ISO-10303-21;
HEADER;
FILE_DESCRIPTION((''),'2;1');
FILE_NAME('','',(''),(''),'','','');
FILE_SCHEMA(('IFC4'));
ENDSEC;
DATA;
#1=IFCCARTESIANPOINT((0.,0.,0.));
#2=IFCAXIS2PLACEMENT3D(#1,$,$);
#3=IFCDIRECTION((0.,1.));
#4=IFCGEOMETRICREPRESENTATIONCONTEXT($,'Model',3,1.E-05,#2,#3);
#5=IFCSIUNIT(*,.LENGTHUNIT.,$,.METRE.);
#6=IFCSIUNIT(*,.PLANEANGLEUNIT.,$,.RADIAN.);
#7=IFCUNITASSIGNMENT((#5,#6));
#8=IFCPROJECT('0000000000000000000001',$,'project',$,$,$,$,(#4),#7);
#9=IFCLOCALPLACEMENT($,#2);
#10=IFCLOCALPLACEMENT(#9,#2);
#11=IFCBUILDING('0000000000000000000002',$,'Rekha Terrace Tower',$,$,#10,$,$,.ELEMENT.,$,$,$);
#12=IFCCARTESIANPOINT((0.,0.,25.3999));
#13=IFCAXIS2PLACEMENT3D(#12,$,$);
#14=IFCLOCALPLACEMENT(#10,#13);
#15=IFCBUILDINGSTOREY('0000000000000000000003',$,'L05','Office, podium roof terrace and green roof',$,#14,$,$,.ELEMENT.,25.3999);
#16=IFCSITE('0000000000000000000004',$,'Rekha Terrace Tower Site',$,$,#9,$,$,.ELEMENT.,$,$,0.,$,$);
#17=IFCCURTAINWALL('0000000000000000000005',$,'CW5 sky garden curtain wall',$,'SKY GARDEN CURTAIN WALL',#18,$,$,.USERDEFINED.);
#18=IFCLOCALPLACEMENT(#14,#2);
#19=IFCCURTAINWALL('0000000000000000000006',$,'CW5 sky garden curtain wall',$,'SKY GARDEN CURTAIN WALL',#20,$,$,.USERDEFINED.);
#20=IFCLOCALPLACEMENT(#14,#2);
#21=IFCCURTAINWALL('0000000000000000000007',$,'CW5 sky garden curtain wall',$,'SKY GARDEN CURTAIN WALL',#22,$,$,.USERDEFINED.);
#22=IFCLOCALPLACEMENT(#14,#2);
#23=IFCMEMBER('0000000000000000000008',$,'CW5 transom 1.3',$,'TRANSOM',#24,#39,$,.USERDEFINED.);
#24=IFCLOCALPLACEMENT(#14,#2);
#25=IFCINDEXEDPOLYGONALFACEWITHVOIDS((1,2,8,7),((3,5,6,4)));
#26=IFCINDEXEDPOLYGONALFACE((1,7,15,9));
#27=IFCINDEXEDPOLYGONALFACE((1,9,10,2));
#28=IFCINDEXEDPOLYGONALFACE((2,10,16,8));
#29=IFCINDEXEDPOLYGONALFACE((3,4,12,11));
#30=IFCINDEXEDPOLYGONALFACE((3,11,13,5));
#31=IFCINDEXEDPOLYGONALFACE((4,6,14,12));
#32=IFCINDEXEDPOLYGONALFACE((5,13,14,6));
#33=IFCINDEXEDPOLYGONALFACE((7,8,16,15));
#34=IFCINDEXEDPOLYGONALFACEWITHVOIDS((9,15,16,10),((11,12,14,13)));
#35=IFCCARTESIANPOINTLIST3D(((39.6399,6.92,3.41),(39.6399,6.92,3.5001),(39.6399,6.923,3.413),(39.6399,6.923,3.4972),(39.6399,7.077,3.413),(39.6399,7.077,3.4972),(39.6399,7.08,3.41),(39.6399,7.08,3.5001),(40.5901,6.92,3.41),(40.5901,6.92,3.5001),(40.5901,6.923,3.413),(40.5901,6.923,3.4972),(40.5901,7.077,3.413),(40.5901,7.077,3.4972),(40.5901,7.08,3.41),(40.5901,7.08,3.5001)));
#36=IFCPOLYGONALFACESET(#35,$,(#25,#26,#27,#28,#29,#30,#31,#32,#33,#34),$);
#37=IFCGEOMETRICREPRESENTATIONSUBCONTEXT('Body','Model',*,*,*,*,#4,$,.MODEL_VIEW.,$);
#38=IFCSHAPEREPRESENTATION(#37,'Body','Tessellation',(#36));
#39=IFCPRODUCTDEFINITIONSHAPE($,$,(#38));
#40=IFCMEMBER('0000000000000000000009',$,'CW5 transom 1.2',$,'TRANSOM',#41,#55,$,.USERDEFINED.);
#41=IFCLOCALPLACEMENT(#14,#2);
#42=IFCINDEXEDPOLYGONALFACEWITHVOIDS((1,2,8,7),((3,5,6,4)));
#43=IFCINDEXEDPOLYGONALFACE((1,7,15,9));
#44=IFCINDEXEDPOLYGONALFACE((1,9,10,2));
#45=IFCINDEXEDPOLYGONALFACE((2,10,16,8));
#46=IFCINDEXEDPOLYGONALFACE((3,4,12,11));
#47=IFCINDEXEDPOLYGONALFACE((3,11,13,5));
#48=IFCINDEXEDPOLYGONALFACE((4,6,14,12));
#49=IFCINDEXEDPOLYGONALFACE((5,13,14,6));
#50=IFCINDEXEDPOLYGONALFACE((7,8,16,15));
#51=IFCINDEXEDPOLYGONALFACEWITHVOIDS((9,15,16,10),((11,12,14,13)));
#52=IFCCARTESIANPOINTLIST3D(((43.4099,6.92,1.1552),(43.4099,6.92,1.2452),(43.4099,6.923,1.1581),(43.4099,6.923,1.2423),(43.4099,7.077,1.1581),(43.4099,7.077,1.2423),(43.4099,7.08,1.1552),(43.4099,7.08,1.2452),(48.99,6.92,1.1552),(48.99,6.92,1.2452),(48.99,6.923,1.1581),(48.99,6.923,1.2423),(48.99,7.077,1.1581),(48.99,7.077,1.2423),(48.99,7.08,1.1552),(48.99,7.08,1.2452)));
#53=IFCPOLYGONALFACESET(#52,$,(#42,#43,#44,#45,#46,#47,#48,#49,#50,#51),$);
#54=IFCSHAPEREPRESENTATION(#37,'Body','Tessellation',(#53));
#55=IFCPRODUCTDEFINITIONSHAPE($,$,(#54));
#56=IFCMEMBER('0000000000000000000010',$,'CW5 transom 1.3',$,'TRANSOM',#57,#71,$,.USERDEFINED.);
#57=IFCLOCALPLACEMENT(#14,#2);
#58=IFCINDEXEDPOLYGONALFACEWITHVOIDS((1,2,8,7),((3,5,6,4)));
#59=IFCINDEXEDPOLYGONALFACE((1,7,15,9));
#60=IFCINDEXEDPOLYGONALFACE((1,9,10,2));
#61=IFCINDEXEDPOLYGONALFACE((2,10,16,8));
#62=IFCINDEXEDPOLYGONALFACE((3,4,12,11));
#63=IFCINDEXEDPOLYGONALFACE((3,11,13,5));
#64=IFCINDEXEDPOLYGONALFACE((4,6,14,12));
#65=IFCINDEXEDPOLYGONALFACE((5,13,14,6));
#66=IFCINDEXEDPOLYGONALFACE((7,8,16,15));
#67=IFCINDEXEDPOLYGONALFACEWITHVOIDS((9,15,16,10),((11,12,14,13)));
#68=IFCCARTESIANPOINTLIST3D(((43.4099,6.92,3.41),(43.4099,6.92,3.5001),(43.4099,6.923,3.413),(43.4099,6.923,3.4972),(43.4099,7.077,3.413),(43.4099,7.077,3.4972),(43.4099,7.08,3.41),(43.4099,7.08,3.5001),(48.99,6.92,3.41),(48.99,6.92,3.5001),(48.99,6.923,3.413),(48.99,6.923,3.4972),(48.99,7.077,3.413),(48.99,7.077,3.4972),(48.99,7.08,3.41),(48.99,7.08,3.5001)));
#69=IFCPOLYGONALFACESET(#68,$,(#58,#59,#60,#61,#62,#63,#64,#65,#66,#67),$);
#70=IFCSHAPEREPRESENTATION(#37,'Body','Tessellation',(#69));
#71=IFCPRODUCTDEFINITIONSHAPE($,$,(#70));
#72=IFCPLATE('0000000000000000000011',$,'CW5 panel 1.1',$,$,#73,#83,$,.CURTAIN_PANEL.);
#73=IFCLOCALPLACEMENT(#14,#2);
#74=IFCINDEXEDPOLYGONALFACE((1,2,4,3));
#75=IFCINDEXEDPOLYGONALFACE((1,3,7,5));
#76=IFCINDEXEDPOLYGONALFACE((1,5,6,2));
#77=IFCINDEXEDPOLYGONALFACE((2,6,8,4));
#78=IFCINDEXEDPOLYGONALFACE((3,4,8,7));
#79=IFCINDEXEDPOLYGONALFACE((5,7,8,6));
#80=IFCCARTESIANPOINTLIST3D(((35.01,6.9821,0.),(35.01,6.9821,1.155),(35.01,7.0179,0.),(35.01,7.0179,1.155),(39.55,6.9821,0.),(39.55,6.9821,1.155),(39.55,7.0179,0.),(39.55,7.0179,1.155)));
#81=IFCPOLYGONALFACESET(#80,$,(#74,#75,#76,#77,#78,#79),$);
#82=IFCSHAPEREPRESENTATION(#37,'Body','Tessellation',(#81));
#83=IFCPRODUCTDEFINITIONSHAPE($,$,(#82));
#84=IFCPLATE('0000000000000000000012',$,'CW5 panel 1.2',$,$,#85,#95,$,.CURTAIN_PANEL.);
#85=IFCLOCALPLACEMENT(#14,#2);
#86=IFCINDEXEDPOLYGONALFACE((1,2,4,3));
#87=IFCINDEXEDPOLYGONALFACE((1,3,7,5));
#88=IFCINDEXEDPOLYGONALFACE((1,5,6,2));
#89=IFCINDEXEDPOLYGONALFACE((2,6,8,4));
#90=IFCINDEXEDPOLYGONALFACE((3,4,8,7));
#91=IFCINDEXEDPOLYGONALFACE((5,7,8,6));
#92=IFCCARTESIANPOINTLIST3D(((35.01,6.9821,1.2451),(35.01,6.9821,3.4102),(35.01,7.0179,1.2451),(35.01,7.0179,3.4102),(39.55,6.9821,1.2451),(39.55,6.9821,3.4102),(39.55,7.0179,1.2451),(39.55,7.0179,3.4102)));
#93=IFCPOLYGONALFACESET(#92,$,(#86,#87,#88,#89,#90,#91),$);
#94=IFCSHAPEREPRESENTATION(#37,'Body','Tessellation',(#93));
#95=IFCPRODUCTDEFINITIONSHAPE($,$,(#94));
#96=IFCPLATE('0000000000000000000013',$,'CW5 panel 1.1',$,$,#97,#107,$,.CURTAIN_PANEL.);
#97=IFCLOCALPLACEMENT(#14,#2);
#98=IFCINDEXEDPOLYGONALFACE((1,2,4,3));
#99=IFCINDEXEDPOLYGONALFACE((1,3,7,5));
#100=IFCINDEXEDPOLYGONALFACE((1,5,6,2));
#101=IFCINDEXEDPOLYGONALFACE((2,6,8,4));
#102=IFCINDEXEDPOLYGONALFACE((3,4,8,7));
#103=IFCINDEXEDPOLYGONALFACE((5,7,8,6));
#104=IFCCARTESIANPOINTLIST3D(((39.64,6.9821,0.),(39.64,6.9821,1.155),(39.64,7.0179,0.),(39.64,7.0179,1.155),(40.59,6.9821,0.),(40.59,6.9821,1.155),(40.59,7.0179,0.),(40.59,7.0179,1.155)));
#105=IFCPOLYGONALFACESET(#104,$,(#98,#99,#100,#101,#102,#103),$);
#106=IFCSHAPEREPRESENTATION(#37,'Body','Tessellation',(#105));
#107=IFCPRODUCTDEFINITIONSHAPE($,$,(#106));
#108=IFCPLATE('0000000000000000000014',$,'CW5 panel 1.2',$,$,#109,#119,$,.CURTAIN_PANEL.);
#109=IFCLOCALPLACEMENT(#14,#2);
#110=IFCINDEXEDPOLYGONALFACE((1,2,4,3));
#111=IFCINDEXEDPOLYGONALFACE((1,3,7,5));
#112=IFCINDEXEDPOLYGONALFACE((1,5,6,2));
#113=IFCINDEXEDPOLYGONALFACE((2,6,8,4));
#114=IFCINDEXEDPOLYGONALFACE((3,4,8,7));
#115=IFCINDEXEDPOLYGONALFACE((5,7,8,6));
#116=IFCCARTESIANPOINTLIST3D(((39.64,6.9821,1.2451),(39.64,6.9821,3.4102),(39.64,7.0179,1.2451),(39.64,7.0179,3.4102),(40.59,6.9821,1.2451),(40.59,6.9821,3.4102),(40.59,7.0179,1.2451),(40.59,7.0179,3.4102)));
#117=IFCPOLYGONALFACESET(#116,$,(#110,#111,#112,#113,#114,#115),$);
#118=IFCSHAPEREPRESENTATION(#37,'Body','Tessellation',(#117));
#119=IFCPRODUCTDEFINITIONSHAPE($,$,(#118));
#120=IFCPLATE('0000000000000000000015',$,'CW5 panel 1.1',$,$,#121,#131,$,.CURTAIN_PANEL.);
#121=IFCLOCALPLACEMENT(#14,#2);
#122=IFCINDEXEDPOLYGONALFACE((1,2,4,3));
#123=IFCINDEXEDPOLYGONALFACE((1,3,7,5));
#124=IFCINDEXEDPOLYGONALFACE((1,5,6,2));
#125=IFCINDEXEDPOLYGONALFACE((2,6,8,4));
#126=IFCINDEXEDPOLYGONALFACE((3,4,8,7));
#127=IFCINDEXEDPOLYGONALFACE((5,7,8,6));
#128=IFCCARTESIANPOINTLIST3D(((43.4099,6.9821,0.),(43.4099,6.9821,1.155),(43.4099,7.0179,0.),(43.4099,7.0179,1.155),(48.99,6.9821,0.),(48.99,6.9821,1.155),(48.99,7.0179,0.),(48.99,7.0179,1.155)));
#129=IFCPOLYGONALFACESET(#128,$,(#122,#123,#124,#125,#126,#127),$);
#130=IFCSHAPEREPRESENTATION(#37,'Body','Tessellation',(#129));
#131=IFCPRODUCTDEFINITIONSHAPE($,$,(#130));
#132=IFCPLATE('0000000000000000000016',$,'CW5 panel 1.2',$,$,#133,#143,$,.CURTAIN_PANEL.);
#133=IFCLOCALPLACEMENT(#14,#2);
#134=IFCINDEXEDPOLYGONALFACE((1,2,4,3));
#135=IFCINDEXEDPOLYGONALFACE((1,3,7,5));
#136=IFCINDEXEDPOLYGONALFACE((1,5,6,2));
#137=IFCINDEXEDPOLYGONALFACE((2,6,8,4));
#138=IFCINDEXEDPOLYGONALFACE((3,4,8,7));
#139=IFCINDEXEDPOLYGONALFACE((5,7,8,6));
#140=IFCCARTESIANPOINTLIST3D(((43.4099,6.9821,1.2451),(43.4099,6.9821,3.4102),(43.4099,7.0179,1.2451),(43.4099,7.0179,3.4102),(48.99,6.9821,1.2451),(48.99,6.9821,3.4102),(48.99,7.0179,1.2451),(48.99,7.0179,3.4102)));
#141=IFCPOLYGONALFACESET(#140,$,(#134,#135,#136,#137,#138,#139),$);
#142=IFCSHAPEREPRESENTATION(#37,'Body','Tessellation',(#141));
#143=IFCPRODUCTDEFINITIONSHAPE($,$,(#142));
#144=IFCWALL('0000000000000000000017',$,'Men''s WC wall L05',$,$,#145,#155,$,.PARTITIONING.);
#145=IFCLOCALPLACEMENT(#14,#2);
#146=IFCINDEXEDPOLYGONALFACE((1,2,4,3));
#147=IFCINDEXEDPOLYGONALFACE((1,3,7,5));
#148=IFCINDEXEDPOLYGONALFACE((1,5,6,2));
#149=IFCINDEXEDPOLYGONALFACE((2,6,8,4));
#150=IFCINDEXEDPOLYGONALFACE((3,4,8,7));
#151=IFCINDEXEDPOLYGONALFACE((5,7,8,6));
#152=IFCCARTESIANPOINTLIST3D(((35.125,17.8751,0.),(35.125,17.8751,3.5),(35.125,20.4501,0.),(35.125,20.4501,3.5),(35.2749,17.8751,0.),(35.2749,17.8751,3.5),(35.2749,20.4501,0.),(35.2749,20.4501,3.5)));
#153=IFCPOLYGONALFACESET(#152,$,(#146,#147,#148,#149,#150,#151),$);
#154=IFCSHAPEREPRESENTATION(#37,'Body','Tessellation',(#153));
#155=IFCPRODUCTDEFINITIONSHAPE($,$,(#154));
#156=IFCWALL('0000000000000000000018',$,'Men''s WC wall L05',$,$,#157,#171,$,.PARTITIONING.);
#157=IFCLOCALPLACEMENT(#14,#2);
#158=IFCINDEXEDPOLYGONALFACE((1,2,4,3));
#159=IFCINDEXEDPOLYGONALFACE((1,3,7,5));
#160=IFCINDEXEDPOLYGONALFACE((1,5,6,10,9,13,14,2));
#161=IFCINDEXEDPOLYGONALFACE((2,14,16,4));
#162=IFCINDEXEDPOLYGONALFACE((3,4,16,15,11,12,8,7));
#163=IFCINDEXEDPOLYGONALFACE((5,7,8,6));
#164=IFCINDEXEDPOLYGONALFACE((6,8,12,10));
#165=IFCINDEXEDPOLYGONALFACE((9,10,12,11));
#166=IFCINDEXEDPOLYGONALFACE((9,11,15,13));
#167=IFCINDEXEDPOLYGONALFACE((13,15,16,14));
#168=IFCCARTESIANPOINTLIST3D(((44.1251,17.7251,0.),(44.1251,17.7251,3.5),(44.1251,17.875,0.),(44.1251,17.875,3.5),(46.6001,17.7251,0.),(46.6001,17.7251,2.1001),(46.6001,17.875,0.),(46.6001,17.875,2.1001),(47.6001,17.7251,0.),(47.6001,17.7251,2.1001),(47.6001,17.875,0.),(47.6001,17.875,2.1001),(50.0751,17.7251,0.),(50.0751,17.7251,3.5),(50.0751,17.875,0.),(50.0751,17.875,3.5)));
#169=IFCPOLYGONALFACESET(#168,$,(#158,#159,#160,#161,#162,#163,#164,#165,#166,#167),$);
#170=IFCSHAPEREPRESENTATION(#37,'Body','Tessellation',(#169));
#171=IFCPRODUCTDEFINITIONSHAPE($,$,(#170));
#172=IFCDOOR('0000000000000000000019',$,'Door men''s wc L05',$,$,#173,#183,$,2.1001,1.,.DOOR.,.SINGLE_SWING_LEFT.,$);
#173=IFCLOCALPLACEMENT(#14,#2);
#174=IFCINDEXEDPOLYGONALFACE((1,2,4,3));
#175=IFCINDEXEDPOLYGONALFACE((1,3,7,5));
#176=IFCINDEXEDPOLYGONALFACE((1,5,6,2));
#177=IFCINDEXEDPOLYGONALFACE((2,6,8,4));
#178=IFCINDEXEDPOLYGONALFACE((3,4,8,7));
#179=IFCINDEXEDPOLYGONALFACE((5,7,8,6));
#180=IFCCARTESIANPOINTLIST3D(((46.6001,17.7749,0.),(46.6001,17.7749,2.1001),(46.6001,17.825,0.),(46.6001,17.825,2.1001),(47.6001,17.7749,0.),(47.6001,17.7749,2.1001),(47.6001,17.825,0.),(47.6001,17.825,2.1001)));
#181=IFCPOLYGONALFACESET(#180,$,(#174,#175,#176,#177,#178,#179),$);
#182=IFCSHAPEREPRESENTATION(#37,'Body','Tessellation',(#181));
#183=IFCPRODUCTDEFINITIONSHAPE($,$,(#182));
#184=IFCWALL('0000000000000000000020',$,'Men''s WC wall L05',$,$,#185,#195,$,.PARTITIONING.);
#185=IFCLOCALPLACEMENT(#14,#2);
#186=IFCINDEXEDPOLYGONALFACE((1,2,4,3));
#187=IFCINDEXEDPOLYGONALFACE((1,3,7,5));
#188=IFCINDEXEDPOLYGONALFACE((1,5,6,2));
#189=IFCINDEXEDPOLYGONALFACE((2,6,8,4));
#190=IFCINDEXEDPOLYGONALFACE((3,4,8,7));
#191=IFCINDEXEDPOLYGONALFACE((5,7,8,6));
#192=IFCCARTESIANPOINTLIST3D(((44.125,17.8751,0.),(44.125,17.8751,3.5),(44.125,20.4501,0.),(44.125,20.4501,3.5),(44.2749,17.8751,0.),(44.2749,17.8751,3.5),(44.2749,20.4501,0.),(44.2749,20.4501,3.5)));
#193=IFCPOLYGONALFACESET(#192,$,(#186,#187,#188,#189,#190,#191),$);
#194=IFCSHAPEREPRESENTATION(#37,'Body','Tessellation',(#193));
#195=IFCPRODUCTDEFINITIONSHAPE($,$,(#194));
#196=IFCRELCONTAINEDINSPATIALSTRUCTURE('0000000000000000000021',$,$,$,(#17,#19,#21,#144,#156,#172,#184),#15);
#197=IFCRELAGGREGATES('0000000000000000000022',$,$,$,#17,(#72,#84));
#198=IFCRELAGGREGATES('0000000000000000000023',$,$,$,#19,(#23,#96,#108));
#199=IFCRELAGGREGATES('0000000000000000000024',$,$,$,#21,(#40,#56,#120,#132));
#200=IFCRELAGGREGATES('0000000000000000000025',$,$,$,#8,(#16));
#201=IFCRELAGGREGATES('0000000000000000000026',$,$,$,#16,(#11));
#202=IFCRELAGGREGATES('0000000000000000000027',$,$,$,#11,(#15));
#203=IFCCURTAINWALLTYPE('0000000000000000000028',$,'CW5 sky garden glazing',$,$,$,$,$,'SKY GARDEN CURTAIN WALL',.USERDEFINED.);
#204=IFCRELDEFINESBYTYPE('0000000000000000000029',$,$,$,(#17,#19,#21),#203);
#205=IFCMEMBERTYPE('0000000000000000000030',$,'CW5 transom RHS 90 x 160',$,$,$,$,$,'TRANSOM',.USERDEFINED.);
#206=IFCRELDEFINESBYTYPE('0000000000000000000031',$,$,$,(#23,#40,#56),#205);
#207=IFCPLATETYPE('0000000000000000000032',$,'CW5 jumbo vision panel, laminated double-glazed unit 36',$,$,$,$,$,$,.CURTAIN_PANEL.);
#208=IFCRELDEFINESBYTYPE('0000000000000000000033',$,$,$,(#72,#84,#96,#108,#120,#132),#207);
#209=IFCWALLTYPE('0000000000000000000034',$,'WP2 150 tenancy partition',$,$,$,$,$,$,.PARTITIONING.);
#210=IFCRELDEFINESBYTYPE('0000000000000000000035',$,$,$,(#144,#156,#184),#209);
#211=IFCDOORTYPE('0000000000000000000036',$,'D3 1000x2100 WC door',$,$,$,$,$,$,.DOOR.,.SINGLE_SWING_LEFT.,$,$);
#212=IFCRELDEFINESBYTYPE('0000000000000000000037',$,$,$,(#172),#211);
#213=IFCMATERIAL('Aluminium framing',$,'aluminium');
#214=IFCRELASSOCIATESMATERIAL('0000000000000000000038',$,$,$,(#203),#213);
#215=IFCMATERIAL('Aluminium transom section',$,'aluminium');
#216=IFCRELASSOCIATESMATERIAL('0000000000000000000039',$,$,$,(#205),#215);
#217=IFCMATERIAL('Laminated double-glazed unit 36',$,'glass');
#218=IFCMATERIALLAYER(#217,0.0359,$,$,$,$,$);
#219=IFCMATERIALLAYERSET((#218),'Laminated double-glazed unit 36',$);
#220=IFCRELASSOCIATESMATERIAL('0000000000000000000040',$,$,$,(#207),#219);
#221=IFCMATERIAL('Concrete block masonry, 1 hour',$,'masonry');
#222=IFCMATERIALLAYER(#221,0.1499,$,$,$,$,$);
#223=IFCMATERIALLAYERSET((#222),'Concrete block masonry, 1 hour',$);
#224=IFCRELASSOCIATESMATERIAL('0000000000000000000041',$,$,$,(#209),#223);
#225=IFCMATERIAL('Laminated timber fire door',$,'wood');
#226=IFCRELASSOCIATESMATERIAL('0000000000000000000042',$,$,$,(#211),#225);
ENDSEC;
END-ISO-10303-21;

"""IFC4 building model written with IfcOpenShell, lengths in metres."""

from ifc_helpers import new_model, si_unit, direction, frame, frame_2d, origin, origin_2d, place, context, subcontext, project, spatial, rectangle, hollow_rectangle, extrude, material, layer, layer_set, material_profile, profile_set, type_object, element, fill, aggregate, save


model = new_model("IFC4")

# Units and contexts
model_context = context("Model", 3, precision=1e-05, world=origin(), true_north=direction((0.0, 1.0)))
body_context = subcontext(model_context, "Body", "Model", "MODEL_VIEW")
ifc_project = project(units=[si_unit("LENGTHUNIT", "METRE"), si_unit("PLANEANGLEUNIT", "RADIAN")], contexts=[model_context])

# Site, building, storey
site_placement = place(None, origin())
site = spatial("IfcSite", under=ifc_project, at=site_placement, Name="Rekha Terrace Tower Site", CompositionType="ELEMENT", RefElevation=0.0)
building_placement = place(site_placement, origin())
building = spatial("IfcBuilding", under=site, at=building_placement, Name="Rekha Terrace Tower", CompositionType="ELEMENT")
storey_placement = place(building_placement, frame((0.0, 0.0, 25.3999)))
storey = spatial("IfcBuildingStorey", under=building, at=storey_placement, Name="L05", Description="Office, podium roof terrace and green roof", CompositionType="ELEMENT", Elevation=25.3999)

# Curtain wall
ifc_material_1 = material(Name="Aluminium framing", Category="aluminium")
curtain_wall_type = type_object("IfcCurtainWallType", Name="CW5 sky garden glazing", ElementType="SKY GARDEN CURTAIN WALL", PredefinedType="USERDEFINED", material=ifc_material_1)
curtain_wall_1_placement = place(storey_placement, origin())
curtain_wall_1 = element("IfcCurtainWall", 1, at=curtain_wall_1_placement, inside=storey, type_object=curtain_wall_type, Name="CW5 sky garden curtain wall", ObjectType="SKY GARDEN CURTAIN WALL", PredefinedType="USERDEFINED")

# Curtain walls
curtain_wall_2_placement = place(storey_placement, origin())
curtain_wall_2 = element("IfcCurtainWall", 2, at=curtain_wall_2_placement, inside=storey, type_object=curtain_wall_type, Name="CW5 sky garden curtain wall", ObjectType="SKY GARDEN CURTAIN WALL", PredefinedType="USERDEFINED")
curtain_wall_3_placement = place(storey_placement, origin())
curtain_wall_3 = element("IfcCurtainWall", 3, at=curtain_wall_3_placement, inside=storey, type_object=curtain_wall_type, Name="CW5 sky garden curtain wall", ObjectType="SKY GARDEN CURTAIN WALL", PredefinedType="USERDEFINED")

# Members
ifc_material_2 = material(Name="Aluminium transom section", Category="aluminium")
ifc_material_profile_1 = material_profile(ifc_material_2, hollow_rectangle(XDim=0.1599, YDim=0.0901, WallThickness=0.0029, at=origin_2d()), Name="AL RHS 160x90")
ifc_profile_set_1 = profile_set([ifc_material_profile_1], Name="Aluminium transom section")
member_type_1 = type_object("IfcMemberType", Name="CW5 transom RHS 90 x 160", ElementType="TRANSOM", PredefinedType="USERDEFINED", material=ifc_profile_set_1)
member_1_placement = place(storey_placement, frame((39.6399, 7.0, 3.4551), z_axis=(1.0, 0.0, 0.0), x_axis=(0.0, 1.0, 0.0)))
member_1 = element("IfcMember", 4, at=member_1_placement, type_object=member_type_1, Name="CW5 transom 1.3", ObjectType="TRANSOM", PredefinedType="USERDEFINED", context=body_context, shape_type="SweptSolid", body=[
    extrude(hollow_rectangle(XDim=0.1599, YDim=0.0901, WallThickness=0.0029, at=origin_2d()), origin(), (0.0, 0.0, 1.0), 0.9502),
])
member_2_placement = place(storey_placement, frame((43.4099, 7.0, 1.2002), z_axis=(1.0, 0.0, 0.0), x_axis=(0.0, 1.0, 0.0)))
member_2 = element("IfcMember", 5, at=member_2_placement, type_object=member_type_1, Name="CW5 transom 1.2", ObjectType="TRANSOM", PredefinedType="USERDEFINED", context=body_context, shape_type="SweptSolid", body=[
    extrude(hollow_rectangle(XDim=0.1599, YDim=0.0901, WallThickness=0.0029, at=origin_2d()), origin(), (0.0, 0.0, 1.0), 5.5801),
])
member_3_placement = place(storey_placement, frame((43.4099, 7.0, 3.4551), z_axis=(1.0, 0.0, 0.0), x_axis=(0.0, 1.0, 0.0)))
member_3 = element("IfcMember", 6, at=member_3_placement, type_object=member_type_1, Name="CW5 transom 1.3", ObjectType="TRANSOM", PredefinedType="USERDEFINED", context=body_context, shape_type="SweptSolid", body=[
    extrude(hollow_rectangle(XDim=0.1599, YDim=0.0901, WallThickness=0.0029, at=origin_2d()), origin(), (0.0, 0.0, 1.0), 5.5801),
])

# Plates
ifc_material_3 = material(Name="Laminated double-glazed unit 36", Category="glass")
ifc_layer_1 = layer(ifc_material_3, 0.0359)
ifc_layer_set_1 = layer_set([ifc_layer_1], Name="Laminated double-glazed unit 36")
plate_type = type_object("IfcPlateType", Name="CW5 jumbo vision panel, laminated double-glazed unit 36", PredefinedType="CURTAIN_PANEL", material=ifc_layer_set_1)
plate_1_placement = place(storey_placement, frame((37.28, 7.0, 0.0), z_axis=(0.0, 0.0, 1.0), x_axis=(1.0, 0.0, 0.0)))
plate_1 = element("IfcPlate", 7, at=plate_1_placement, type_object=plate_type, Name="CW5 panel 1.1", PredefinedType="CURTAIN_PANEL", context=body_context, shape_type="SweptSolid", body=[
    extrude(rectangle(XDim=4.54, YDim=0.0359, at=origin_2d()), origin(), (0.0, 0.0, 1.0), 1.155),
])
plate_2_placement = place(storey_placement, frame((37.28, 7.0, 1.2451), z_axis=(0.0, 0.0, 1.0), x_axis=(1.0, 0.0, 0.0)))
plate_2 = element("IfcPlate", 8, at=plate_2_placement, type_object=plate_type, Name="CW5 panel 1.2", PredefinedType="CURTAIN_PANEL", context=body_context, shape_type="SweptSolid", body=[
    extrude(rectangle(XDim=4.54, YDim=0.0359, at=origin_2d()), origin(), (0.0, 0.0, 1.0), 2.165),
])
aggregate(curtain_wall_1, [plate_1, plate_2])
plate_3_placement = place(storey_placement, frame((40.115, 7.0, 0.0), z_axis=(0.0, 0.0, 1.0), x_axis=(1.0, 0.0, 0.0)))
plate_3 = element("IfcPlate", 9, at=plate_3_placement, type_object=plate_type, Name="CW5 panel 1.1", PredefinedType="CURTAIN_PANEL", context=body_context, shape_type="SweptSolid", body=[
    extrude(rectangle(XDim=0.95, YDim=0.0359, at=origin_2d()), origin(), (0.0, 0.0, 1.0), 1.155),
])
plate_4_placement = place(storey_placement, frame((40.115, 7.0, 1.2451), z_axis=(0.0, 0.0, 1.0), x_axis=(1.0, 0.0, 0.0)))
plate_4 = element("IfcPlate", 10, at=plate_4_placement, type_object=plate_type, Name="CW5 panel 1.2", PredefinedType="CURTAIN_PANEL", context=body_context, shape_type="SweptSolid", body=[
    extrude(rectangle(XDim=0.95, YDim=0.0359, at=origin_2d()), origin(), (0.0, 0.0, 1.0), 2.165),
])
aggregate(curtain_wall_2, [member_1, plate_3, plate_4])
plate_5_placement = place(storey_placement, frame((46.2, 7.0, 0.0), z_axis=(0.0, 0.0, 1.0), x_axis=(1.0, 0.0, 0.0)))
plate_5 = element("IfcPlate", 11, at=plate_5_placement, type_object=plate_type, Name="CW5 panel 1.1", PredefinedType="CURTAIN_PANEL", context=body_context, shape_type="SweptSolid", body=[
    extrude(rectangle(XDim=5.5801, YDim=0.0359, at=origin_2d()), origin(), (0.0, 0.0, 1.0), 1.155),
])
plate_6_placement = place(storey_placement, frame((46.2, 7.0, 1.2451), z_axis=(0.0, 0.0, 1.0), x_axis=(1.0, 0.0, 0.0)))
plate_6 = element("IfcPlate", 12, at=plate_6_placement, type_object=plate_type, Name="CW5 panel 1.2", PredefinedType="CURTAIN_PANEL", context=body_context, shape_type="SweptSolid", body=[
    extrude(rectangle(XDim=5.5801, YDim=0.0359, at=origin_2d()), origin(), (0.0, 0.0, 1.0), 2.165),
])
aggregate(curtain_wall_3, [member_2, member_3, plate_5, plate_6])

# Wall
ifc_material_4 = material(Name="Concrete block masonry, 1 hour", Category="masonry")
ifc_layer_2 = layer(ifc_material_4, 0.1499)
ifc_layer_set_2 = layer_set([ifc_layer_2], Name="Concrete block masonry, 1 hour")
wall_type_1 = type_object("IfcWallType", Name="WP2 150 tenancy partition", PredefinedType="PARTITIONING", material=ifc_layer_set_2)
wall_1_placement = place(storey_placement, frame((35.2, 17.875, 0.0), z_axis=(0.0, 0.0, 1.0), x_axis=(0.0, 1.0, 0.0)))
element("IfcWall", 13, at=wall_1_placement, inside=storey, type_object=wall_type_1, Name="Men's WC wall L05", PredefinedType="PARTITIONING", context=body_context, shape_type="SweptSolid", body=[
    extrude(rectangle(XDim=2.575, YDim=0.1499, at=frame_2d((1.2876, 0.0))), origin(), (0.0, 0.0, 1.0), 3.5),
])

# Wall, opening, door
wall_2_placement = place(storey_placement, frame((44.125, 17.8, 0.0), z_axis=(0.0, 0.0, 1.0), x_axis=(1.0, 0.0, 0.0)))
wall_2 = element("IfcWall", 14, at=wall_2_placement, inside=storey, type_object=wall_type_1, Name="Men's WC wall L05", PredefinedType="PARTITIONING", context=body_context, shape_type="SweptSolid", body=[
    extrude(rectangle(XDim=5.95, YDim=0.1499, at=frame_2d((2.9751, 0.0))), origin(), (0.0, 0.0, 1.0), 3.5),
])
opening_1_placement = place(wall_2_placement, frame((2.4751, 0.0, 0.0)))
opening_1 = element("IfcOpeningElement", 15, at=opening_1_placement, cuts=wall_2, PredefinedType="OPENING", context=body_context, shape_type="SweptSolid", body=[
    extrude(rectangle(XDim=1.0, YDim=2.1001, at=frame_2d((0.5, 1.05))), frame((0.0, 0.085, 0.0), z_axis=(0.0, -1.0, 0.0), x_axis=(1.0, 0.0, 0.0)), (0.0, 0.0, 1.0), 0.1699),
])
ifc_material_5 = material(Name="Laminated timber fire door", Category="wood")
door_type_1 = type_object("IfcDoorType", Name="D3 1000x2100 WC door", OperationType="SINGLE_SWING_LEFT", PredefinedType="DOOR", material=ifc_material_5)
door_1_placement = place(opening_1_placement, origin())
door_1 = element("IfcDoor", 16, at=door_1_placement, inside=storey, type_object=door_type_1, Name="Door men's wc L05", OperationType="SINGLE_SWING_LEFT", OverallHeight=2.1001, OverallWidth=1.0, PredefinedType="DOOR", context=body_context, shape_type="SweptSolid", body=[
    extrude(rectangle(XDim=1.0, YDim=2.1001, at=frame_2d((0.5, 1.05))), frame((0.0, 0.0249, 0.0), z_axis=(0.0, -1.0, 0.0), x_axis=(1.0, 0.0, 0.0)), (0.0, 0.0, 1.0), 0.05),
])
fill(opening_1, door_1)

# Wall
wall_3_placement = place(storey_placement, frame((44.2, 17.875, 0.0), z_axis=(0.0, 0.0, 1.0), x_axis=(0.0, 1.0, 0.0)))
element("IfcWall", 17, at=wall_3_placement, inside=storey, type_object=wall_type_1, Name="Men's WC wall L05", PredefinedType="PARTITIONING", context=body_context, shape_type="SweptSolid", body=[
    extrude(rectangle(XDim=2.575, YDim=0.1499, at=frame_2d((1.2876, 0.0))), origin(), (0.0, 0.0, 1.0), 3.5),
])

save(model, "model.ifc")
